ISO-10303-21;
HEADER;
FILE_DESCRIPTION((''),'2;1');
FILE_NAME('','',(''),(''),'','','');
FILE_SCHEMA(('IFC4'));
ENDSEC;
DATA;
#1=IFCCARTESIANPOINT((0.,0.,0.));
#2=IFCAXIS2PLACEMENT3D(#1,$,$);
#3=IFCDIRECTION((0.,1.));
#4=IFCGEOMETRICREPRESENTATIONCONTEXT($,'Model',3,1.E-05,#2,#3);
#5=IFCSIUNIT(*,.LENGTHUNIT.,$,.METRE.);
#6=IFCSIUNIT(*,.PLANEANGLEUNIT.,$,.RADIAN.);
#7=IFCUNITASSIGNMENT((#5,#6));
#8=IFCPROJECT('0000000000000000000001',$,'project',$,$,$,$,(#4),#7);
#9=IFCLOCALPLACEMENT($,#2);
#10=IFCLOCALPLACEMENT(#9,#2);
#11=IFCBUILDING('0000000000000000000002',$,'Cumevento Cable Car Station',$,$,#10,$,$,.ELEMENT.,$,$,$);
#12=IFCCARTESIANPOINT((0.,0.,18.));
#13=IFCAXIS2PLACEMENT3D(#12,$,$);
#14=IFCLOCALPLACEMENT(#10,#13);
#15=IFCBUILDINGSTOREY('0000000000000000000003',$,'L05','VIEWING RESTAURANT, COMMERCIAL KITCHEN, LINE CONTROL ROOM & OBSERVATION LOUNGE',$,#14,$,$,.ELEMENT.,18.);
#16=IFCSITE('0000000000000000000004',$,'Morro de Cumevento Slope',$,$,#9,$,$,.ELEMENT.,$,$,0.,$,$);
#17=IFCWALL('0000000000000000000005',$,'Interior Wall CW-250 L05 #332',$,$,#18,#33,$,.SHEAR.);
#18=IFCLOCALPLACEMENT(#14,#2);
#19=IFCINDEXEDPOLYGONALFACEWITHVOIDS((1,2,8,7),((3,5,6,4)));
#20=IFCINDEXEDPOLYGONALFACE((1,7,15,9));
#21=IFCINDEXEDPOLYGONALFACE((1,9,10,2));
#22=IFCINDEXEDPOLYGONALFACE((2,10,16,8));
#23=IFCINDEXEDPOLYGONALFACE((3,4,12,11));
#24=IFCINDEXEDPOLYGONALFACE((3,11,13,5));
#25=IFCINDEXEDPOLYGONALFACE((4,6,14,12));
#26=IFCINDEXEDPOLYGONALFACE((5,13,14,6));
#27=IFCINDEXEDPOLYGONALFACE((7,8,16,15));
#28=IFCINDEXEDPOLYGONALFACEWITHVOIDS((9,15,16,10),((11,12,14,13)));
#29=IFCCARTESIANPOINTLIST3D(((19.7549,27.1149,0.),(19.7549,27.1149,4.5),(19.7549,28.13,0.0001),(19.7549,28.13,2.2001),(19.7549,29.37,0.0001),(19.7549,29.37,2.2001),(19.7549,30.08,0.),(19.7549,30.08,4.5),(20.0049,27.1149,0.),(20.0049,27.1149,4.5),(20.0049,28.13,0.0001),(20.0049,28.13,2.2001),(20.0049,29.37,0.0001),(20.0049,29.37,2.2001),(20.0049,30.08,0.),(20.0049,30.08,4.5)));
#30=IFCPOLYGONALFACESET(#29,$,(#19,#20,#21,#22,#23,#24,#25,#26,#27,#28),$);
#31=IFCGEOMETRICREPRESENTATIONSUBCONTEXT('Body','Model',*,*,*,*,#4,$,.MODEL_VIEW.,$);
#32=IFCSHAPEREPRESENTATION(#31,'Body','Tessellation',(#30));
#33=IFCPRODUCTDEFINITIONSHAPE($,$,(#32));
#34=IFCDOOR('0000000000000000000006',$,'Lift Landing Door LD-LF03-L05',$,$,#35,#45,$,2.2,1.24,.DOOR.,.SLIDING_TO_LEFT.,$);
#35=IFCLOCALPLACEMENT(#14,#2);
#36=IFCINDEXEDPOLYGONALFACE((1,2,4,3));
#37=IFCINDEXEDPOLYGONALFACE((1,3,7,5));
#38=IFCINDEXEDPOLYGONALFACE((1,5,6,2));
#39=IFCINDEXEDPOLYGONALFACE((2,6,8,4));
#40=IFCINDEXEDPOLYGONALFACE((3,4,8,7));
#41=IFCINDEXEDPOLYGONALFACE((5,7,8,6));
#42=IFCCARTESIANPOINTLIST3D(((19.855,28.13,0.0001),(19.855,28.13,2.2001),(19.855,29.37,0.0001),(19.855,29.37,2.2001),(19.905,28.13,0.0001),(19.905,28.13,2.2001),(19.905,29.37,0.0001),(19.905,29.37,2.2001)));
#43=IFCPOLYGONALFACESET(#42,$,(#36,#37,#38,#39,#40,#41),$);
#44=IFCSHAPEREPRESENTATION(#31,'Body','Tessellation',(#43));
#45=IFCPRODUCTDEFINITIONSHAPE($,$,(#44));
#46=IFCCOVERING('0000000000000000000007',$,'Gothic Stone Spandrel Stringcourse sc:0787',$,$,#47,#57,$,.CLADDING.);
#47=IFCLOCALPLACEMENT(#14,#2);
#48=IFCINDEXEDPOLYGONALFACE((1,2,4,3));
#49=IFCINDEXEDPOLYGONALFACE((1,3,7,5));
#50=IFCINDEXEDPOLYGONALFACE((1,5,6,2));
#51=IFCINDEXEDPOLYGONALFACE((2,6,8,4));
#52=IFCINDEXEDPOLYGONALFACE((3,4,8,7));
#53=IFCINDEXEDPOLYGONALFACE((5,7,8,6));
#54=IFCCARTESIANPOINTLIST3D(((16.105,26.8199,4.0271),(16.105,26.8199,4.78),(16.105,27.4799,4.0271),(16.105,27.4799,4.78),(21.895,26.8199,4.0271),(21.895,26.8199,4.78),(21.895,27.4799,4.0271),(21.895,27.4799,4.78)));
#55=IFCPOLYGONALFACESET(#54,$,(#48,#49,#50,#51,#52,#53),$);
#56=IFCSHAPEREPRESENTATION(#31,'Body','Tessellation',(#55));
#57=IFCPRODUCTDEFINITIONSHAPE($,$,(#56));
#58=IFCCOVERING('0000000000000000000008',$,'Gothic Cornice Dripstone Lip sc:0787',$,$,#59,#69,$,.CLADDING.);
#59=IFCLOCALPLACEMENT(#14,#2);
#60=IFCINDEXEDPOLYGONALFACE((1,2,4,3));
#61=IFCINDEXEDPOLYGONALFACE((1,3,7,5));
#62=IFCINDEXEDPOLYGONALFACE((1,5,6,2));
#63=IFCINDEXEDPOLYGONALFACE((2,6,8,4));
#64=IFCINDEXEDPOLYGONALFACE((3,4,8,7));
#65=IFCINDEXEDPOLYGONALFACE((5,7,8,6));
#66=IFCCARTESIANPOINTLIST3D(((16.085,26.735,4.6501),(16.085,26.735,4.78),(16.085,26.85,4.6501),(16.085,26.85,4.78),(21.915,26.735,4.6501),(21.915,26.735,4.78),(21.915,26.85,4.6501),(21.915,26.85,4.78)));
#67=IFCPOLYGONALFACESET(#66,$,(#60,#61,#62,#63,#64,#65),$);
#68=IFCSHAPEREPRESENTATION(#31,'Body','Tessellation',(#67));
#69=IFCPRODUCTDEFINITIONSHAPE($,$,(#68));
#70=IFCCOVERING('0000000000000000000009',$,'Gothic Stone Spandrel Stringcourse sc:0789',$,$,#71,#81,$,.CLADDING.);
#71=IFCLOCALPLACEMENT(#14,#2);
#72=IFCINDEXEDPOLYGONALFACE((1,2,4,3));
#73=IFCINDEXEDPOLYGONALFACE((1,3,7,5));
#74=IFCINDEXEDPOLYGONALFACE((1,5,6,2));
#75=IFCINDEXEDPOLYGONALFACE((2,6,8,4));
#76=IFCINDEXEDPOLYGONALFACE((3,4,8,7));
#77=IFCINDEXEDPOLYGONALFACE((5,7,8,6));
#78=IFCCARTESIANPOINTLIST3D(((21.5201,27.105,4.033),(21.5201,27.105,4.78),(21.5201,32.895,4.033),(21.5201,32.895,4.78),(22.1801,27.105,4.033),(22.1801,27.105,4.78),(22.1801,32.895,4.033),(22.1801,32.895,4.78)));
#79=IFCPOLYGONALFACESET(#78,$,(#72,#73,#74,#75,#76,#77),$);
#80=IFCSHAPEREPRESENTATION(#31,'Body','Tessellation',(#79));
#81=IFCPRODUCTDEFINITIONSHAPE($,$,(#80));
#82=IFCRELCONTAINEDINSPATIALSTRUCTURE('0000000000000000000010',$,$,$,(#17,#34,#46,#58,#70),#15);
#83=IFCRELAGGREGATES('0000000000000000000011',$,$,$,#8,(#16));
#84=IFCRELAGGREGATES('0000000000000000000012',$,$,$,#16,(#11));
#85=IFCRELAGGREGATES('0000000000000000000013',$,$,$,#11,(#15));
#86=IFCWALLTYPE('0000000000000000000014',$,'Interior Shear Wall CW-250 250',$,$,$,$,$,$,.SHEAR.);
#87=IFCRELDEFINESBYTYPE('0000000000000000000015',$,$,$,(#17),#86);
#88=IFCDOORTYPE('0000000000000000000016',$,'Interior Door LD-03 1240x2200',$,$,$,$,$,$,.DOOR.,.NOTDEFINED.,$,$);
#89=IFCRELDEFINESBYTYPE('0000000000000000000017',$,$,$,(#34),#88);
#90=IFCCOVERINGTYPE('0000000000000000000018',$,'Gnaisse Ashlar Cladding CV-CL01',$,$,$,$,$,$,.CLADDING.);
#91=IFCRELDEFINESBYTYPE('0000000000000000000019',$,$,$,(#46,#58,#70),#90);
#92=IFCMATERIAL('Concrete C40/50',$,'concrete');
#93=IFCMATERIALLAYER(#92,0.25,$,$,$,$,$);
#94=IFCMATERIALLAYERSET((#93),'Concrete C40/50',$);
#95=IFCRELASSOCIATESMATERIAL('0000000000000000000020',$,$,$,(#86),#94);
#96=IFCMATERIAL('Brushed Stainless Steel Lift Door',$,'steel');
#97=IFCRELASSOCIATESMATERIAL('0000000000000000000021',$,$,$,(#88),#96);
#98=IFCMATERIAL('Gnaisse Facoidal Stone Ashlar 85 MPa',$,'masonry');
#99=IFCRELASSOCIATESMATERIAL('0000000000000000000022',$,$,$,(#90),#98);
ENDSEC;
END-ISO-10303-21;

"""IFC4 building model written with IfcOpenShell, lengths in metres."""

from ifc_helpers import new_model, si_unit, direction, frame, frame_2d, origin, origin_2d, place, context, subcontext, project, spatial, rectangle, extrude, material, layer, layer_set, type_object, element, fill, save


model = new_model("IFC4")

# Units and contexts
model_context = context("Model", 3, precision=1e-05, world=origin(), true_north=direction((0.0, 1.0)))
body_context = subcontext(model_context, "Body", "Model", "MODEL_VIEW")
ifc_project = project(units=[si_unit("LENGTHUNIT", "METRE"), si_unit("PLANEANGLEUNIT", "RADIAN")], contexts=[model_context])

# Site, building, storey
site_placement = place(None, origin())
site = spatial("IfcSite", under=ifc_project, at=site_placement, Name="Morro de Cumevento Slope", CompositionType="ELEMENT", RefElevation=0.0)
building_placement = place(site_placement, origin())
building = spatial("IfcBuilding", under=site, at=building_placement, Name="Cumevento Cable Car Station", CompositionType="ELEMENT")
storey_placement = place(building_placement, frame((0.0, 0.0, 18.0)))
storey = spatial("IfcBuildingStorey", under=building, at=storey_placement, Name="L05", Description="VIEWING RESTAURANT, COMMERCIAL KITCHEN, LINE CONTROL ROOM & OBSERVATION LOUNGE", CompositionType="ELEMENT", Elevation=18.0)

# Wall, opening, door
ifc_material_1 = material(Name="Concrete C40/50", Category="concrete")
ifc_layer_1 = layer(ifc_material_1, 0.25)
ifc_layer_set_1 = layer_set([ifc_layer_1], Name="Concrete C40/50")
wall_type_1 = type_object("IfcWallType", Name="Interior Shear Wall CW-250 250", PredefinedType="SHEAR", material=ifc_layer_set_1)
wall_1_placement = place(storey_placement, frame((19.8799, 27.115, 0.0), z_axis=(0.0, 0.0, 1.0), x_axis=(0.0, 1.0, 0.0)))
wall_1 = element("IfcWall", 1, at=wall_1_placement, inside=storey, type_object=wall_type_1, Name="Interior Wall CW-250 L05 #332", PredefinedType="SHEAR", context=body_context, shape_type="SweptSolid", body=[
    extrude(rectangle(XDim=2.9651, YDim=0.25, at=frame_2d((1.4824, 0.0))), origin(), (0.0, 0.0, 1.0), 4.5),
])
opening_1_placement = place(wall_1_placement, frame((1.0149, 0.0, 0.0)))
opening_1 = element("IfcOpeningElement", 2, at=opening_1_placement, cuts=wall_1, PredefinedType="OPENING", context=body_context, shape_type="SweptSolid", body=[
    extrude(rectangle(XDim=1.24, YDim=2.2, at=frame_2d((0.6201, 1.1001))), frame((0.0, 0.135, 0.0), z_axis=(0.0, -1.0, 0.0), x_axis=(1.0, 0.0, 0.0)), (0.0, 0.0, 1.0), 0.27),
])
ifc_material_2 = material(Name="Brushed Stainless Steel Lift Door", Category="steel")
door_type_1 = type_object("IfcDoorType", Name="Interior Door LD-03 1240x2200", OperationType="NOTDEFINED", PredefinedType="DOOR", material=ifc_material_2)
door_1_placement = place(opening_1_placement, origin())
door_1 = element("IfcDoor", 3, at=door_1_placement, inside=storey, type_object=door_type_1, Name="Lift Landing Door LD-LF03-L05", OperationType="SLIDING_TO_LEFT", OverallHeight=2.2, OverallWidth=1.24, PredefinedType="DOOR", context=body_context, shape_type="SweptSolid", body=[
    extrude(rectangle(XDim=1.24, YDim=2.2, at=frame_2d((0.6201, 1.1001))), frame((0.0, 0.0249, 0.0), z_axis=(0.0, -1.0, 0.0), x_axis=(1.0, 0.0, 0.0)), (0.0, 0.0, 1.0), 0.05),
])
fill(opening_1, door_1)

# Coverings
ifc_material_3 = material(Name="Gnaisse Facoidal Stone Ashlar 85 MPa", Category="masonry")
covering_type = type_object("IfcCoveringType", Name="Gnaisse Ashlar Cladding CV-CL01", PredefinedType="CLADDING", material=ifc_material_3)
covering_1_placement = place(storey_placement, frame((19.0, 27.1499, 4.0271), z_axis=(0.0, 0.0, 1.0), x_axis=(-1.0, 0.0, 0.0)))
element("IfcCovering", 4, at=covering_1_placement, inside=storey, type_object=covering_type, Name="Gothic Stone Spandrel Stringcourse sc:0787", PredefinedType="CLADDING", context=body_context, shape_type="SweptSolid", body=[
    extrude(rectangle(XDim=5.79, YDim=0.6599, at=origin_2d()), origin(), (0.0, 0.0, 1.0), 0.7529),
])
covering_2_placement = place(storey_placement, frame((19.0, 26.7925, 4.6501), z_axis=(0.0, 0.0, 1.0), x_axis=(-1.0, 0.0, 0.0)))
element("IfcCovering", 5, at=covering_2_placement, inside=storey, type_object=covering_type, Name="Gothic Cornice Dripstone Lip sc:0787", PredefinedType="CLADDING", context=body_context, shape_type="SweptSolid", body=[
    extrude(rectangle(XDim=5.8301, YDim=0.115, at=origin_2d()), origin(), (0.0, 0.0, 1.0), 0.1299),
])
covering_3_placement = place(storey_placement, frame((21.8501, 30.0, 4.033), z_axis=(0.0, 0.0, 1.0), x_axis=(0.0, -1.0, 0.0)))
element("IfcCovering", 6, at=covering_3_placement, inside=storey, type_object=covering_type, Name="Gothic Stone Spandrel Stringcourse sc:0789", PredefinedType="CLADDING", context=body_context, shape_type="SweptSolid", body=[
    extrude(rectangle(XDim=5.79, YDim=0.6599, at=origin_2d()), origin(), (0.0, 0.0, 1.0), 0.7471),
])

save(model, "model.ifc")
